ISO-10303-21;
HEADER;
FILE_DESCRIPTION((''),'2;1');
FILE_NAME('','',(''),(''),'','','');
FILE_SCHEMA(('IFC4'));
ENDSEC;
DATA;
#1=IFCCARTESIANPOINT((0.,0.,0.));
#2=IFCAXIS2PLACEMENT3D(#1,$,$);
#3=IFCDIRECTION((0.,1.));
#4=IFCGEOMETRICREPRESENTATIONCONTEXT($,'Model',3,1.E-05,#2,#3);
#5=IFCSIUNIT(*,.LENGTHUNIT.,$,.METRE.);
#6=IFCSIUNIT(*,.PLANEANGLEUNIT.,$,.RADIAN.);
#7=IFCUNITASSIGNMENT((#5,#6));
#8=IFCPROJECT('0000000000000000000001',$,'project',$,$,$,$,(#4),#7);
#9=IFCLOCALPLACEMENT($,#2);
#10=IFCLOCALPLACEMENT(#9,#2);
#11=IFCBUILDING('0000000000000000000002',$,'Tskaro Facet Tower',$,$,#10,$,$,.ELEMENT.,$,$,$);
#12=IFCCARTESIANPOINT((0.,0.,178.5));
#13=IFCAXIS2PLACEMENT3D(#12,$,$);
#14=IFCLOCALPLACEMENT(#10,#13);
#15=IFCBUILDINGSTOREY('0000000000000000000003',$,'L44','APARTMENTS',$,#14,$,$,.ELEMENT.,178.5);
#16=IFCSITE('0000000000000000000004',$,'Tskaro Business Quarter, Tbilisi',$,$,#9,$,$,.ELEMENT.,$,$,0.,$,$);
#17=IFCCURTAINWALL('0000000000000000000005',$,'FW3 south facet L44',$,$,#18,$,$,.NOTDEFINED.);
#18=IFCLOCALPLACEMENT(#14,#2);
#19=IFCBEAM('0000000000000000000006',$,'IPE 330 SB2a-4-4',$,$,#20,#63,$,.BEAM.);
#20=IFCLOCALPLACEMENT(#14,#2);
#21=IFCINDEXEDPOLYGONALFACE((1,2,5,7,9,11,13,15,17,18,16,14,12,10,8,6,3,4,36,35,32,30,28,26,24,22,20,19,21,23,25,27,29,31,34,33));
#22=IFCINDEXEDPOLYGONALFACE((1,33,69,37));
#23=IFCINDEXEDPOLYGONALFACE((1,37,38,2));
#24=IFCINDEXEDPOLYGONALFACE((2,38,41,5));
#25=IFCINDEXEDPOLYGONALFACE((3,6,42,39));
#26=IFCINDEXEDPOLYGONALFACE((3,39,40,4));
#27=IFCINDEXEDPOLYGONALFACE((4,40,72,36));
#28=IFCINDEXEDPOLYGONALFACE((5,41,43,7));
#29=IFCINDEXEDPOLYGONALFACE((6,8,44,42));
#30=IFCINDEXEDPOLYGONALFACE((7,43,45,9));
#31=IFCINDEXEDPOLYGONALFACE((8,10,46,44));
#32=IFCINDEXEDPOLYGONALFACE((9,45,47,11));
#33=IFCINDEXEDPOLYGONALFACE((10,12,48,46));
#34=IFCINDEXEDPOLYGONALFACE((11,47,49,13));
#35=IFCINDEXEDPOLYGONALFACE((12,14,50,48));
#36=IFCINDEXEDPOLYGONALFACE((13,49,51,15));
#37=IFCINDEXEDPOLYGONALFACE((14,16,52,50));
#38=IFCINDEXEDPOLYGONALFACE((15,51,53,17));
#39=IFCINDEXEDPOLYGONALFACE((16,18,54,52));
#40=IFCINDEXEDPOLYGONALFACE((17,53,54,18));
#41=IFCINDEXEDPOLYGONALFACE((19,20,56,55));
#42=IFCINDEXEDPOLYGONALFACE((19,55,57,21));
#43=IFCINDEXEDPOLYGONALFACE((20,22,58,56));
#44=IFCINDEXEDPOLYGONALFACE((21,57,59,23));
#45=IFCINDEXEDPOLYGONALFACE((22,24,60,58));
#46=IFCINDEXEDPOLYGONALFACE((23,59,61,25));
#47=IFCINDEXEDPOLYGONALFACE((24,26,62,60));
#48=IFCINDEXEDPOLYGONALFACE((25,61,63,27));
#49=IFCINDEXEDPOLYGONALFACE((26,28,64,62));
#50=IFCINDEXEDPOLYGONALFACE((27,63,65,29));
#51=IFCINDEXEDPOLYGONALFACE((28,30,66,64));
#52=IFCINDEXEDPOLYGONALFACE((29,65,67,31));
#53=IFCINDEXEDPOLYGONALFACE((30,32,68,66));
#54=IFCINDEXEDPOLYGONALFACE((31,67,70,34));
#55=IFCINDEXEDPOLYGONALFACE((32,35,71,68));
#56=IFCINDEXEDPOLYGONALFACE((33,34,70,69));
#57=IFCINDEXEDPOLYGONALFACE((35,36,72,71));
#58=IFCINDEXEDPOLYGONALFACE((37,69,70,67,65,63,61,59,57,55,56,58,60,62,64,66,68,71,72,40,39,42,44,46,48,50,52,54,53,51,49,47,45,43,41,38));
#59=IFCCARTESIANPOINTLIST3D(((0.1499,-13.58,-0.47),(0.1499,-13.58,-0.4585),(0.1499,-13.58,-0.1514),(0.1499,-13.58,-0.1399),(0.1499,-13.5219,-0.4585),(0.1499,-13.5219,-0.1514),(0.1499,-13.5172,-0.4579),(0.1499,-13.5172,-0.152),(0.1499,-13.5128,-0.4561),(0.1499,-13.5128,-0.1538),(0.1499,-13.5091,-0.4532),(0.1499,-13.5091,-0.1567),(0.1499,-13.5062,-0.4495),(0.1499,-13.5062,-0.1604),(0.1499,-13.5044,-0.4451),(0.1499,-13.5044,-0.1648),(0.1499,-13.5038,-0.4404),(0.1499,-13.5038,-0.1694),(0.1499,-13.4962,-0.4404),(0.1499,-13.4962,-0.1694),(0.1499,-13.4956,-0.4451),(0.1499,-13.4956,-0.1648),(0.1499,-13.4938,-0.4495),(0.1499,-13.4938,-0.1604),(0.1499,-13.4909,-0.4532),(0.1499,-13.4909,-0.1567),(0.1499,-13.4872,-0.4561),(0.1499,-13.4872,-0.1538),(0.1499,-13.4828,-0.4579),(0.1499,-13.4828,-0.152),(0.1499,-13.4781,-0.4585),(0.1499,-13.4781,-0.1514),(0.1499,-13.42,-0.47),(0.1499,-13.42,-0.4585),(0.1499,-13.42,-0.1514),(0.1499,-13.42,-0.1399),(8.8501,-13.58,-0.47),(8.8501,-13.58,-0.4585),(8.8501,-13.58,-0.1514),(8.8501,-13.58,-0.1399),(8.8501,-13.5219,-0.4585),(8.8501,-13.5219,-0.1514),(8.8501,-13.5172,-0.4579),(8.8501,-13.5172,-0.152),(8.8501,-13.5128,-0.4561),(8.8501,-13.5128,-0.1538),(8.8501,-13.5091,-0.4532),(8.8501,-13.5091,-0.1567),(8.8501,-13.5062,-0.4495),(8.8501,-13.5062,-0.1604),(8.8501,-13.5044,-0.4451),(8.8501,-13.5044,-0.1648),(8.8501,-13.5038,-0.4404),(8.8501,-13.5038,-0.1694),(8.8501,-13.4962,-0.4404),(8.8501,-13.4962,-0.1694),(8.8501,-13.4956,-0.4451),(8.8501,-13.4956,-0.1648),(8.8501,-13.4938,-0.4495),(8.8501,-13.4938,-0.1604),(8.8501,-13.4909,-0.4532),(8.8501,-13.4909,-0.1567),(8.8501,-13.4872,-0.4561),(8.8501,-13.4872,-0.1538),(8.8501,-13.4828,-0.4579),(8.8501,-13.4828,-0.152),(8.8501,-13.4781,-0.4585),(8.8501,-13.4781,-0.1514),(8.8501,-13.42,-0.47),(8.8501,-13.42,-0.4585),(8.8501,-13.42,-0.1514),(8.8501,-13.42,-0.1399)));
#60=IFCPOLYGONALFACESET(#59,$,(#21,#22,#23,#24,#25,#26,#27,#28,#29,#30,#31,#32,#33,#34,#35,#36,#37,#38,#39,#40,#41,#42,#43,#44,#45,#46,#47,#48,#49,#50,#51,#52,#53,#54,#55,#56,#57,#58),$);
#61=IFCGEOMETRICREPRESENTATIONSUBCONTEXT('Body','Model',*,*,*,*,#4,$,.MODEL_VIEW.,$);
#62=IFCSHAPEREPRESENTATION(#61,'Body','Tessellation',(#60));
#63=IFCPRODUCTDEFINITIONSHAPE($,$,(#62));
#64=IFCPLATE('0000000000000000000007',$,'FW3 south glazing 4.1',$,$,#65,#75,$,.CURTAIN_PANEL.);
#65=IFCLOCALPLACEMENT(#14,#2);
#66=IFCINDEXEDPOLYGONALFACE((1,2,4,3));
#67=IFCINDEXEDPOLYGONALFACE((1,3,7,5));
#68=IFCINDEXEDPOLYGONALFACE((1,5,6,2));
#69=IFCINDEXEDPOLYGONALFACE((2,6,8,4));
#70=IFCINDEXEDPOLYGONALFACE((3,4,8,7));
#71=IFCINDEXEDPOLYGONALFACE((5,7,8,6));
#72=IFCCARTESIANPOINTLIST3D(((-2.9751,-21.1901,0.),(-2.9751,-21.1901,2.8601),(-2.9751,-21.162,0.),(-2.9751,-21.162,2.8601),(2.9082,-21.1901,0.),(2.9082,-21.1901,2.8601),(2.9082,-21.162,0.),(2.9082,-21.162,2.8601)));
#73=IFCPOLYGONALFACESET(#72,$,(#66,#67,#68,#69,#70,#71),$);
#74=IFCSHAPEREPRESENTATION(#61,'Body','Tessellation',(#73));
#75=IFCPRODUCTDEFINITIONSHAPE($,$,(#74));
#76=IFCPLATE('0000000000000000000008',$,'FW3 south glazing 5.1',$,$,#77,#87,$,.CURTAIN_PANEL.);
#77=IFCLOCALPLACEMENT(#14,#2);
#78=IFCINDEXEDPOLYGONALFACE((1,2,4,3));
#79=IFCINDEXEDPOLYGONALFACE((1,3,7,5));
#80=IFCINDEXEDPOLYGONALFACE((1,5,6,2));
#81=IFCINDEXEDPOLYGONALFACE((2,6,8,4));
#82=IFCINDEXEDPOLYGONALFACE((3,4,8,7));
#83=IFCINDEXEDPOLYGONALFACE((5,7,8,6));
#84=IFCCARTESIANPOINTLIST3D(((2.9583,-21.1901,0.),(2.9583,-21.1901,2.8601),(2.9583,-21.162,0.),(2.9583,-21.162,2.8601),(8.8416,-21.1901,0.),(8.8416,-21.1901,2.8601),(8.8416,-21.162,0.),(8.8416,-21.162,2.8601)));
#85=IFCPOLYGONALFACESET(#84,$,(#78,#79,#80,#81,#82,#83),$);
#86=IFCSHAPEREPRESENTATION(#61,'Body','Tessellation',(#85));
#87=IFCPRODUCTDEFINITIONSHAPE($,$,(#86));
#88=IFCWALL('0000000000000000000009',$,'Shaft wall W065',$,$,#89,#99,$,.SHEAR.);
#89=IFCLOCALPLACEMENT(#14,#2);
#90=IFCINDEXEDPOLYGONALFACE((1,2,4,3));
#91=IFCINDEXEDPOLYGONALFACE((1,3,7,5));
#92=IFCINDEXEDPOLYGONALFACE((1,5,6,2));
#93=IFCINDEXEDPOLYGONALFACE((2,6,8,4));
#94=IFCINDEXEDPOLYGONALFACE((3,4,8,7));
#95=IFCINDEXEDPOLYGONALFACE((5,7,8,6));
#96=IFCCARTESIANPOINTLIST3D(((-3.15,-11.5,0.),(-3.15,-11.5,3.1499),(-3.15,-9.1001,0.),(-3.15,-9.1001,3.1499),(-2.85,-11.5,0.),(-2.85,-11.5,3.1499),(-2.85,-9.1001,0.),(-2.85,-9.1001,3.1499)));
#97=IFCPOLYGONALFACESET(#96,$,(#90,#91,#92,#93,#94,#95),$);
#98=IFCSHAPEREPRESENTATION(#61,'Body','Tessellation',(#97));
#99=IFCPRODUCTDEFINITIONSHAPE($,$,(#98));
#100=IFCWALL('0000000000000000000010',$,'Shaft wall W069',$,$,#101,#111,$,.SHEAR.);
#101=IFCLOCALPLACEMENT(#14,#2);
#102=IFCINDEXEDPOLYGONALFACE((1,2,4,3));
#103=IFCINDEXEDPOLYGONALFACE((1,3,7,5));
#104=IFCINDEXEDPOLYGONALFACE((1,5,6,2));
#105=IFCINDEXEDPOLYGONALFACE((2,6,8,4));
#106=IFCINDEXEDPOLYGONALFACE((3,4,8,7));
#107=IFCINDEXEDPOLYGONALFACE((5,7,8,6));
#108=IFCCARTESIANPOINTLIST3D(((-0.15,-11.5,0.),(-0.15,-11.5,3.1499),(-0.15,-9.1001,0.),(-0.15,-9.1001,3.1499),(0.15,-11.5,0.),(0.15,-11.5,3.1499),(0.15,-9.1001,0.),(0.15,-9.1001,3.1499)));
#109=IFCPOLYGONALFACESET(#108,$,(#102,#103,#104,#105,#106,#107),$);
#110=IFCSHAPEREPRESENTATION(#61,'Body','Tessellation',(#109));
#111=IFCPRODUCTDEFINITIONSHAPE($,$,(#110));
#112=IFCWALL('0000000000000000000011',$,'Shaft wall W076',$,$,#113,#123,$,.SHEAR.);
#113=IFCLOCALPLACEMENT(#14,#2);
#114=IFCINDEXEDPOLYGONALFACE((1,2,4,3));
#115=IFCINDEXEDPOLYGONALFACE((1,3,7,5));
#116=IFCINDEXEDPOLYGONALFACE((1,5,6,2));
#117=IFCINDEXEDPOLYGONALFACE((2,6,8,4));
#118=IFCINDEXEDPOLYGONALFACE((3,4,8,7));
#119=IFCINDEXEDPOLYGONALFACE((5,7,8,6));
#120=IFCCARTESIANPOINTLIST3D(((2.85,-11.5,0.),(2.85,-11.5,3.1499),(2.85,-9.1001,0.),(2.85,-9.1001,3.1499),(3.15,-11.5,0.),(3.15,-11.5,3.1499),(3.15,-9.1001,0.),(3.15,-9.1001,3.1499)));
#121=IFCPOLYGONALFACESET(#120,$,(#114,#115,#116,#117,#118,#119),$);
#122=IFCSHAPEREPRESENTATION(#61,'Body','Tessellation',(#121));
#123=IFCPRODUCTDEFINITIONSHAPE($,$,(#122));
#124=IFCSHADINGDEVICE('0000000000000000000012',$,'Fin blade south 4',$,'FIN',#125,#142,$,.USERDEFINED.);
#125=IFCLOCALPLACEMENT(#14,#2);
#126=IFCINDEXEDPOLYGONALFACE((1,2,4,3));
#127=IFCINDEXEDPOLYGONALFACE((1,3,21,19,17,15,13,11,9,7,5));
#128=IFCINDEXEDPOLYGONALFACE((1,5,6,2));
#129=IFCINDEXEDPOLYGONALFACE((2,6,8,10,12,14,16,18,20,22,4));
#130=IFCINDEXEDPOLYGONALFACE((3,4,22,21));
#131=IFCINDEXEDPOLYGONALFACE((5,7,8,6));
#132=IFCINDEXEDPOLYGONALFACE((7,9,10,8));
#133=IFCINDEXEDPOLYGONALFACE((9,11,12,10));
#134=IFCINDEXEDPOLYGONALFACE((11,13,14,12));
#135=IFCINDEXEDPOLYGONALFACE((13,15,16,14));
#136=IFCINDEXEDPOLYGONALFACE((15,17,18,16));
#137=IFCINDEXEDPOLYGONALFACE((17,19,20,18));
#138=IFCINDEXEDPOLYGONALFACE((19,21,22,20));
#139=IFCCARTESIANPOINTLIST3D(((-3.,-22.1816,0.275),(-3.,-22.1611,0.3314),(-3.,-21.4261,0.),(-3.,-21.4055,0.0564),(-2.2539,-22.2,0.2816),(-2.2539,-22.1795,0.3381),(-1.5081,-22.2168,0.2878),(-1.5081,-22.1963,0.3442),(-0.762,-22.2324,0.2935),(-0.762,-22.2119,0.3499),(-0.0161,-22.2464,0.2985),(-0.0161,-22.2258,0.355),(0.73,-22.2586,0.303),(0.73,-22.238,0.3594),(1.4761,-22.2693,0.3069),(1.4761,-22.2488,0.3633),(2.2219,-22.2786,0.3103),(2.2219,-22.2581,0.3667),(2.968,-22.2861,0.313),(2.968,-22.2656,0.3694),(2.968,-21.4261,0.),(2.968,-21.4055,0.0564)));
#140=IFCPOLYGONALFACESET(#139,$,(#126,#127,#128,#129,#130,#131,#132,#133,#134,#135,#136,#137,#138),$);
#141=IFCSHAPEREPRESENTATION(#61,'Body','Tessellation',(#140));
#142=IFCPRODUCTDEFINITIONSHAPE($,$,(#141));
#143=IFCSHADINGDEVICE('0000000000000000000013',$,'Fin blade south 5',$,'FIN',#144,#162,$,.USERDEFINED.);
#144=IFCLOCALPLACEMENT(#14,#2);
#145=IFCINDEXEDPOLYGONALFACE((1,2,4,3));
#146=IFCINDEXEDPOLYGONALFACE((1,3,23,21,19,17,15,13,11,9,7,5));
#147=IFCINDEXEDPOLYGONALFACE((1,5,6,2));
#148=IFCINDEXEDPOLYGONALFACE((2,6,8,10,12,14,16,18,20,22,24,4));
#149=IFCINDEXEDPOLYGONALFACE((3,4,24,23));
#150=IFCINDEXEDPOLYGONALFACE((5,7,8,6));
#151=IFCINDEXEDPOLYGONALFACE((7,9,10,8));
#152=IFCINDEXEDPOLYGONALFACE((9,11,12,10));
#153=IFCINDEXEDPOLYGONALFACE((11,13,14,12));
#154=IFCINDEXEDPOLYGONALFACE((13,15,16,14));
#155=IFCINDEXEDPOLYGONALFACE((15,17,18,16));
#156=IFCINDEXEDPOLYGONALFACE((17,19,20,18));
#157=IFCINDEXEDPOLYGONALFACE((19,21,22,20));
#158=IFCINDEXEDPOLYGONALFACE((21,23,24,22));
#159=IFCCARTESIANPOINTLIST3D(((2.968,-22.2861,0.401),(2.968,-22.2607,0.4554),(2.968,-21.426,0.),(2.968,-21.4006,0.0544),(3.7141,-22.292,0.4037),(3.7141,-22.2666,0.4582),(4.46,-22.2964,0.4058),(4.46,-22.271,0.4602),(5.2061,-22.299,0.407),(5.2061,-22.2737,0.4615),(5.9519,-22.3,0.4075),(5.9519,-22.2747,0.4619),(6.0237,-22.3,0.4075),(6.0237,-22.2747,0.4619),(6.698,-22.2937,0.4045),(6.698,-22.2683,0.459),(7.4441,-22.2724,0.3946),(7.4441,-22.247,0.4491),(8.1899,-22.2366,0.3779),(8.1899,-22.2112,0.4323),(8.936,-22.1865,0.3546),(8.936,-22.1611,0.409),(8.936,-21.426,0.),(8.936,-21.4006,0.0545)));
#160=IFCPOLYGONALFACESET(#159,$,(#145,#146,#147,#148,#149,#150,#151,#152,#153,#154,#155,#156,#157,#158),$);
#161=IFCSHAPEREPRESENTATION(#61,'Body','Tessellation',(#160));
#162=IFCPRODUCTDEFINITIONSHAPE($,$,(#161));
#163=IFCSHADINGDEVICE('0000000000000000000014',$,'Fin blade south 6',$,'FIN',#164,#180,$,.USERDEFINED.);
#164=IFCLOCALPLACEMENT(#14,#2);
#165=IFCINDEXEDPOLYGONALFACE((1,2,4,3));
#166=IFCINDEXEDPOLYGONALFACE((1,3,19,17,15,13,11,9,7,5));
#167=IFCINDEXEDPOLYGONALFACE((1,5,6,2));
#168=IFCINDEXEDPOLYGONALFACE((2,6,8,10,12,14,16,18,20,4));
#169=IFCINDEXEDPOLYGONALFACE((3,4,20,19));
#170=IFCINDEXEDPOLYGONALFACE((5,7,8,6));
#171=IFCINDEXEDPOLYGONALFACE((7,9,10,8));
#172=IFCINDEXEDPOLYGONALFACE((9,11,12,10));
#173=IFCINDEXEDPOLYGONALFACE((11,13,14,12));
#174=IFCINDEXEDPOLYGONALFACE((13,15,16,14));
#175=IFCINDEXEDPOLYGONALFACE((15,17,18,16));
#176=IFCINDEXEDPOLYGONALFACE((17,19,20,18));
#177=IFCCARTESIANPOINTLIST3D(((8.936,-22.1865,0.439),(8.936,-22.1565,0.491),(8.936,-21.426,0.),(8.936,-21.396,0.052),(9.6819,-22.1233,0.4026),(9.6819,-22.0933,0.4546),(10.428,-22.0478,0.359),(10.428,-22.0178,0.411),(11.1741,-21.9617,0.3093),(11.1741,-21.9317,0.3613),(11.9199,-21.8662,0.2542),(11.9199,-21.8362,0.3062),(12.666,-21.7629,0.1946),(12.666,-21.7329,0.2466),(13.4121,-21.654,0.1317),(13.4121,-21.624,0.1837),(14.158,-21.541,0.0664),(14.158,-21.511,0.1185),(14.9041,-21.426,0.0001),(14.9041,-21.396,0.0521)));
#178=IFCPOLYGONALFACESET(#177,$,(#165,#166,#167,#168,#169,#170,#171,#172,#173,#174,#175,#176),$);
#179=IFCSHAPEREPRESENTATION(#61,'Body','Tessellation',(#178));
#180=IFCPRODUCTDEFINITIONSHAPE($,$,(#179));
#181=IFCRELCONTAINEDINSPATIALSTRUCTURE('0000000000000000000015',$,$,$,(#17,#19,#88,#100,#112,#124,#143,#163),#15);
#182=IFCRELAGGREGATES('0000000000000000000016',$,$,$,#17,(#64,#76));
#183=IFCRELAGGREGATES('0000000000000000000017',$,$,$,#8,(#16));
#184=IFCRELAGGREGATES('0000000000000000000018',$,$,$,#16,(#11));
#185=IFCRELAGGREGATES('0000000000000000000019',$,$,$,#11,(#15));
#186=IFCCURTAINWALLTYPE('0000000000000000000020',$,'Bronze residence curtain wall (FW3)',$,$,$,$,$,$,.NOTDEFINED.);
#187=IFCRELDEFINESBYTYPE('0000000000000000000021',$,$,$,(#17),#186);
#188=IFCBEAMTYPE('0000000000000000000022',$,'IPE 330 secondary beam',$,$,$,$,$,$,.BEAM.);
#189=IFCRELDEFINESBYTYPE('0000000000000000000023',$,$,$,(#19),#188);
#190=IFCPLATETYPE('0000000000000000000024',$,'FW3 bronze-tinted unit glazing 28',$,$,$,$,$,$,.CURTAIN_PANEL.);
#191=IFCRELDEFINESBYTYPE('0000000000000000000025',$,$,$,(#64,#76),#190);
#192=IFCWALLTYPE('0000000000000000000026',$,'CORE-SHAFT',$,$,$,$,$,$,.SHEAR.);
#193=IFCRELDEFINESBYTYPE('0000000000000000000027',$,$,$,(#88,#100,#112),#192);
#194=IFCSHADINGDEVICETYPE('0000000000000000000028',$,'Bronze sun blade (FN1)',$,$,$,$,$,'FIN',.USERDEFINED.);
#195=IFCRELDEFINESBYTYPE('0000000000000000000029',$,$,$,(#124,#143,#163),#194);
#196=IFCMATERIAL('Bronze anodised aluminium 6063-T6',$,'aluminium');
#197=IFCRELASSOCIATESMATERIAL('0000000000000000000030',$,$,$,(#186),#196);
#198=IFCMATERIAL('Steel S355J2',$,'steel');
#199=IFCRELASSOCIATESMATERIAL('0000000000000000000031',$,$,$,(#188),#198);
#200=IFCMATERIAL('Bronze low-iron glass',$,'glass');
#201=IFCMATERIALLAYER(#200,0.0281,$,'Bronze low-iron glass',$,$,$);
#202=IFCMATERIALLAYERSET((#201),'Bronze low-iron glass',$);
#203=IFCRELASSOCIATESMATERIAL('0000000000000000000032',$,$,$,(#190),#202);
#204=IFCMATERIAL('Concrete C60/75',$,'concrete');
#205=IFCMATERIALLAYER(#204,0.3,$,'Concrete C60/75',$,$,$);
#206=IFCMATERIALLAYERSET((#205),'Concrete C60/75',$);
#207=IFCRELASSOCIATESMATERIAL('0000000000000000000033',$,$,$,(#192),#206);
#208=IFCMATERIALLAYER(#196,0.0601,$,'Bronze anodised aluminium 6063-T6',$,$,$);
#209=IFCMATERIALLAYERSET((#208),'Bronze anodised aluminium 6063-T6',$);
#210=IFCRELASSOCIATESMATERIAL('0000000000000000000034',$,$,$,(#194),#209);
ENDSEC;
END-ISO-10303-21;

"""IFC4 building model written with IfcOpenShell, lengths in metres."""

from ifc_helpers import new_model, si_unit, direction, frame, frame_2d, origin, origin_2d, place, context, subcontext, project, spatial, polyline, rectangle, i_section, outline, extrude, material, layer, layer_set, material_profile, profile_set, type_object, element, aggregate, save


model = new_model("IFC4")

# Units and contexts
model_context = context("Model", 3, precision=1e-05, world=origin(), true_north=direction((0.0, 1.0)))
body_context = subcontext(model_context, "Body", "Model", "MODEL_VIEW")
ifc_project = project(units=[si_unit("LENGTHUNIT", "METRE"), si_unit("PLANEANGLEUNIT", "RADIAN")], contexts=[model_context])

# Site, building, storey
site_placement = place(None, origin())
site = spatial("IfcSite", under=ifc_project, at=site_placement, Name="Tskaro Business Quarter, Tbilisi", CompositionType="ELEMENT", RefElevation=0.0)
building_placement = place(site_placement, origin())
building = spatial("IfcBuilding", under=site, at=building_placement, Name="Tskaro Facet Tower", CompositionType="ELEMENT")
storey_placement = place(building_placement, frame((0.0, 0.0, 178.5)))
storey = spatial("IfcBuildingStorey", under=building, at=storey_placement, Name="L44", Description="APARTMENTS", CompositionType="ELEMENT", Elevation=178.5)

# Curtain wall
ifc_material_1 = material(Name="Bronze anodised aluminium 6063-T6", Category="aluminium")
curtain_wall_type = type_object("IfcCurtainWallType", Name="Bronze residence curtain wall (FW3)", PredefinedType="NOTDEFINED", material=ifc_material_1)
curtain_wall_placement = place(storey_placement, origin())
curtain_wall = element("IfcCurtainWall", 1, at=curtain_wall_placement, inside=storey, type_object=curtain_wall_type, Name="FW3 south facet L44", PredefinedType="NOTDEFINED")

# Beam
ifc_material_2 = material(Name="Steel S355J2", Category="steel")
ifc_material_profile_1 = material_profile(ifc_material_2, i_section(OverallWidth=0.1599, OverallDepth=0.3301, WebThickness=0.0076, FlangeThickness=0.0115, FilletRadius=0.0181, at=origin_2d()), Name="IPE 330")
ifc_profile_set_1 = profile_set([ifc_material_profile_1], Name="Steel S355J2")
beam_type_1 = type_object("IfcBeamType", Name="IPE 330 secondary beam", PredefinedType="BEAM", material=ifc_profile_set_1)
beam_1_placement = place(storey_placement, frame((0.1499, -13.5, -0.3049), z_axis=(1.0, 0.0, 0.0), x_axis=(0.0, 1.0, 0.0)))
element("IfcBeam", 2, at=beam_1_placement, inside=storey, type_object=beam_type_1, Name="IPE 330 SB2a-4-4", PredefinedType="BEAM", context=body_context, shape_type="SweptSolid", body=[
    extrude(i_section(OverallWidth=0.1599, OverallDepth=0.3301, WebThickness=0.0076, FlangeThickness=0.0115, FilletRadius=0.0181, at=origin_2d()), origin(), (0.0, 0.0, 1.0), 8.7002),
])

# Plates
ifc_material_3 = material(Name="Bronze low-iron glass", Category="glass")
ifc_layer_1 = layer(ifc_material_3, 0.0281, Name="Bronze low-iron glass")
ifc_layer_set_1 = layer_set([ifc_layer_1], Name="Bronze low-iron glass")
plate_type = type_object("IfcPlateType", Name="FW3 bronze-tinted unit glazing 28", PredefinedType="CURTAIN_PANEL", material=ifc_layer_set_1)
plate_1_placement = place(storey_placement, frame((-0.0334, -21.176, 0.0), z_axis=(0.0, 0.0, 1.0), x_axis=(1.0, 0.0, 0.0)))
plate_1 = element("IfcPlate", 3, at=plate_1_placement, type_object=plate_type, Name="FW3 south glazing 4.1", PredefinedType="CURTAIN_PANEL", context=body_context, shape_type="SweptSolid", body=[
    extrude(rectangle(XDim=5.8833, YDim=0.0281, at=origin_2d()), origin(), (0.0, 0.0, 1.0), 2.8601),
])
plate_2_placement = place(storey_placement, frame((5.8999, -21.176, 0.0), z_axis=(0.0, 0.0, 1.0), x_axis=(1.0, 0.0, 0.0)))
plate_2 = element("IfcPlate", 4, at=plate_2_placement, type_object=plate_type, Name="FW3 south glazing 5.1", PredefinedType="CURTAIN_PANEL", context=body_context, shape_type="SweptSolid", body=[
    extrude(rectangle(XDim=5.8833, YDim=0.0281, at=origin_2d()), origin(), (0.0, 0.0, 1.0), 2.8601),
])
aggregate(curtain_wall, [plate_1, plate_2])

# Walls
ifc_material_4 = material(Name="Concrete C60/75", Category="concrete")
ifc_layer_2 = layer(ifc_material_4, 0.3, Name="Concrete C60/75")
ifc_layer_set_2 = layer_set([ifc_layer_2], Name="Concrete C60/75")
wall_type = type_object("IfcWallType", Name="CORE-SHAFT", PredefinedType="SHEAR", material=ifc_layer_set_2)
for number, where, z_axis, x_axis, name in (
    (5, (-3.0, -11.5, 0.0), (0.0, 0.0, 1.0), (0.0, 1.0, 0.0), "Shaft wall W065"),
    (6, (0.0, -11.5, 0.0), (0.0, 0.0, 1.0), (0.0, 1.0, 0.0), "Shaft wall W069"),
    (7, (3.0, -11.5, 0.0), (0.0, 0.0, 1.0), (0.0, 1.0, 0.0), "Shaft wall W076"),
):
    element("IfcWall", number, at=place(storey_placement, frame(where, z_axis=z_axis, x_axis=x_axis)), inside=storey, type_object=wall_type, Name=name, PredefinedType="SHEAR", context=body_context, shape_type="SweptSolid", body=[
        extrude(rectangle(XDim=2.3999, YDim=0.3, at=frame_2d((1.2, 0.0))), origin(), (0.0, 0.0, 1.0), 3.1499),
    ])

# Shading devices
ifc_layer_3 = layer(ifc_material_1, 0.0601, Name="Bronze anodised aluminium 6063-T6")
ifc_layer_set_3 = layer_set([ifc_layer_3], Name="Bronze anodised aluminium 6063-T6")
shading_device_type = type_object("IfcShadingDeviceType", Name="Bronze sun blade (FN1)", ElementType="FIN", PredefinedType="USERDEFINED", material=ifc_layer_set_3)
shading_device_1_placement = place(storey_placement, frame((-3.0, -21.4055, 0.0564), z_axis=(-0.000004, 0.342005, 0.939698), x_axis=(1.0, 0.000001, 0.000003)))
element("IfcShadingDevice", 8, at=shading_device_1_placement, inside=storey, type_object=shading_device_type, Name="Fin blade south 4", ObjectType="FIN", PredefinedType="USERDEFINED", context=body_context, shape_type="SweptSolid", body=[
    extrude(outline(polyline([(0.0, 0.0), (5.968, 0.0), (5.968, -0.9153), (5.2219, -0.9073), (4.4761, -0.8974), (3.73, -0.8859), (2.9839, -0.873), (2.238, -0.8581), (1.4919, -0.8415), (0.7461, -0.8236), (0.0, -0.8041), (0.0, 0.0)])), origin(), (0.0, 0.0, -1.0), 0.0601),
])
shading_device_2_placement = place(storey_placement, frame((2.968, -21.4006, 0.0544), z_axis=(-0.000004, 0.422537, 0.906346), x_axis=(1.0, 0.000002, 0.000004)))
element("IfcShadingDevice", 9, at=shading_device_2_placement, inside=storey, type_object=shading_device_type, Name="Fin blade south 5", ObjectType="FIN", PredefinedType="USERDEFINED", context=body_context, shape_type="SweptSolid", body=[
    extrude(outline(polyline([(0.0, 0.0), (5.968, 0.0), (5.968, -0.8391), (5.2219, -0.8943), (4.4761, -0.9339), (3.73, -0.9573), (3.0557, -0.9643), (2.9839, -0.9643), (2.238, -0.9632), (1.4919, -0.9603), (0.7461, -0.9555), (0.0, -0.9489), (0.0, 0.0)])), origin(), (0.0, 0.0, -1.0), 0.0601),
])
shading_device_3_placement = place(storey_placement, frame((8.936, -21.396, 0.052), z_axis=(-0.000013, 0.499989, 0.866032), x_axis=(1.0, 0.000007, 0.000012)))
element("IfcShadingDevice", 10, at=shading_device_3_placement, inside=storey, type_object=shading_device_type, Name="Fin blade south 6", ObjectType="FIN", PredefinedType="USERDEFINED", context=body_context, shape_type="SweptSolid", body=[
    extrude(outline(polyline([(0.0, 0.0), (5.968, 0.0), (5.2219, -0.1328), (4.4761, -0.2633), (3.73, -0.3891), (2.9839, -0.5083), (2.238, -0.6185), (1.4919, -0.718), (0.7458, -0.8051), (0.0, -0.8781), (0.0, 0.0)])), origin(), (0.0, 0.0, -1.0), 0.0601),
])

save(model, "model.ifc")
